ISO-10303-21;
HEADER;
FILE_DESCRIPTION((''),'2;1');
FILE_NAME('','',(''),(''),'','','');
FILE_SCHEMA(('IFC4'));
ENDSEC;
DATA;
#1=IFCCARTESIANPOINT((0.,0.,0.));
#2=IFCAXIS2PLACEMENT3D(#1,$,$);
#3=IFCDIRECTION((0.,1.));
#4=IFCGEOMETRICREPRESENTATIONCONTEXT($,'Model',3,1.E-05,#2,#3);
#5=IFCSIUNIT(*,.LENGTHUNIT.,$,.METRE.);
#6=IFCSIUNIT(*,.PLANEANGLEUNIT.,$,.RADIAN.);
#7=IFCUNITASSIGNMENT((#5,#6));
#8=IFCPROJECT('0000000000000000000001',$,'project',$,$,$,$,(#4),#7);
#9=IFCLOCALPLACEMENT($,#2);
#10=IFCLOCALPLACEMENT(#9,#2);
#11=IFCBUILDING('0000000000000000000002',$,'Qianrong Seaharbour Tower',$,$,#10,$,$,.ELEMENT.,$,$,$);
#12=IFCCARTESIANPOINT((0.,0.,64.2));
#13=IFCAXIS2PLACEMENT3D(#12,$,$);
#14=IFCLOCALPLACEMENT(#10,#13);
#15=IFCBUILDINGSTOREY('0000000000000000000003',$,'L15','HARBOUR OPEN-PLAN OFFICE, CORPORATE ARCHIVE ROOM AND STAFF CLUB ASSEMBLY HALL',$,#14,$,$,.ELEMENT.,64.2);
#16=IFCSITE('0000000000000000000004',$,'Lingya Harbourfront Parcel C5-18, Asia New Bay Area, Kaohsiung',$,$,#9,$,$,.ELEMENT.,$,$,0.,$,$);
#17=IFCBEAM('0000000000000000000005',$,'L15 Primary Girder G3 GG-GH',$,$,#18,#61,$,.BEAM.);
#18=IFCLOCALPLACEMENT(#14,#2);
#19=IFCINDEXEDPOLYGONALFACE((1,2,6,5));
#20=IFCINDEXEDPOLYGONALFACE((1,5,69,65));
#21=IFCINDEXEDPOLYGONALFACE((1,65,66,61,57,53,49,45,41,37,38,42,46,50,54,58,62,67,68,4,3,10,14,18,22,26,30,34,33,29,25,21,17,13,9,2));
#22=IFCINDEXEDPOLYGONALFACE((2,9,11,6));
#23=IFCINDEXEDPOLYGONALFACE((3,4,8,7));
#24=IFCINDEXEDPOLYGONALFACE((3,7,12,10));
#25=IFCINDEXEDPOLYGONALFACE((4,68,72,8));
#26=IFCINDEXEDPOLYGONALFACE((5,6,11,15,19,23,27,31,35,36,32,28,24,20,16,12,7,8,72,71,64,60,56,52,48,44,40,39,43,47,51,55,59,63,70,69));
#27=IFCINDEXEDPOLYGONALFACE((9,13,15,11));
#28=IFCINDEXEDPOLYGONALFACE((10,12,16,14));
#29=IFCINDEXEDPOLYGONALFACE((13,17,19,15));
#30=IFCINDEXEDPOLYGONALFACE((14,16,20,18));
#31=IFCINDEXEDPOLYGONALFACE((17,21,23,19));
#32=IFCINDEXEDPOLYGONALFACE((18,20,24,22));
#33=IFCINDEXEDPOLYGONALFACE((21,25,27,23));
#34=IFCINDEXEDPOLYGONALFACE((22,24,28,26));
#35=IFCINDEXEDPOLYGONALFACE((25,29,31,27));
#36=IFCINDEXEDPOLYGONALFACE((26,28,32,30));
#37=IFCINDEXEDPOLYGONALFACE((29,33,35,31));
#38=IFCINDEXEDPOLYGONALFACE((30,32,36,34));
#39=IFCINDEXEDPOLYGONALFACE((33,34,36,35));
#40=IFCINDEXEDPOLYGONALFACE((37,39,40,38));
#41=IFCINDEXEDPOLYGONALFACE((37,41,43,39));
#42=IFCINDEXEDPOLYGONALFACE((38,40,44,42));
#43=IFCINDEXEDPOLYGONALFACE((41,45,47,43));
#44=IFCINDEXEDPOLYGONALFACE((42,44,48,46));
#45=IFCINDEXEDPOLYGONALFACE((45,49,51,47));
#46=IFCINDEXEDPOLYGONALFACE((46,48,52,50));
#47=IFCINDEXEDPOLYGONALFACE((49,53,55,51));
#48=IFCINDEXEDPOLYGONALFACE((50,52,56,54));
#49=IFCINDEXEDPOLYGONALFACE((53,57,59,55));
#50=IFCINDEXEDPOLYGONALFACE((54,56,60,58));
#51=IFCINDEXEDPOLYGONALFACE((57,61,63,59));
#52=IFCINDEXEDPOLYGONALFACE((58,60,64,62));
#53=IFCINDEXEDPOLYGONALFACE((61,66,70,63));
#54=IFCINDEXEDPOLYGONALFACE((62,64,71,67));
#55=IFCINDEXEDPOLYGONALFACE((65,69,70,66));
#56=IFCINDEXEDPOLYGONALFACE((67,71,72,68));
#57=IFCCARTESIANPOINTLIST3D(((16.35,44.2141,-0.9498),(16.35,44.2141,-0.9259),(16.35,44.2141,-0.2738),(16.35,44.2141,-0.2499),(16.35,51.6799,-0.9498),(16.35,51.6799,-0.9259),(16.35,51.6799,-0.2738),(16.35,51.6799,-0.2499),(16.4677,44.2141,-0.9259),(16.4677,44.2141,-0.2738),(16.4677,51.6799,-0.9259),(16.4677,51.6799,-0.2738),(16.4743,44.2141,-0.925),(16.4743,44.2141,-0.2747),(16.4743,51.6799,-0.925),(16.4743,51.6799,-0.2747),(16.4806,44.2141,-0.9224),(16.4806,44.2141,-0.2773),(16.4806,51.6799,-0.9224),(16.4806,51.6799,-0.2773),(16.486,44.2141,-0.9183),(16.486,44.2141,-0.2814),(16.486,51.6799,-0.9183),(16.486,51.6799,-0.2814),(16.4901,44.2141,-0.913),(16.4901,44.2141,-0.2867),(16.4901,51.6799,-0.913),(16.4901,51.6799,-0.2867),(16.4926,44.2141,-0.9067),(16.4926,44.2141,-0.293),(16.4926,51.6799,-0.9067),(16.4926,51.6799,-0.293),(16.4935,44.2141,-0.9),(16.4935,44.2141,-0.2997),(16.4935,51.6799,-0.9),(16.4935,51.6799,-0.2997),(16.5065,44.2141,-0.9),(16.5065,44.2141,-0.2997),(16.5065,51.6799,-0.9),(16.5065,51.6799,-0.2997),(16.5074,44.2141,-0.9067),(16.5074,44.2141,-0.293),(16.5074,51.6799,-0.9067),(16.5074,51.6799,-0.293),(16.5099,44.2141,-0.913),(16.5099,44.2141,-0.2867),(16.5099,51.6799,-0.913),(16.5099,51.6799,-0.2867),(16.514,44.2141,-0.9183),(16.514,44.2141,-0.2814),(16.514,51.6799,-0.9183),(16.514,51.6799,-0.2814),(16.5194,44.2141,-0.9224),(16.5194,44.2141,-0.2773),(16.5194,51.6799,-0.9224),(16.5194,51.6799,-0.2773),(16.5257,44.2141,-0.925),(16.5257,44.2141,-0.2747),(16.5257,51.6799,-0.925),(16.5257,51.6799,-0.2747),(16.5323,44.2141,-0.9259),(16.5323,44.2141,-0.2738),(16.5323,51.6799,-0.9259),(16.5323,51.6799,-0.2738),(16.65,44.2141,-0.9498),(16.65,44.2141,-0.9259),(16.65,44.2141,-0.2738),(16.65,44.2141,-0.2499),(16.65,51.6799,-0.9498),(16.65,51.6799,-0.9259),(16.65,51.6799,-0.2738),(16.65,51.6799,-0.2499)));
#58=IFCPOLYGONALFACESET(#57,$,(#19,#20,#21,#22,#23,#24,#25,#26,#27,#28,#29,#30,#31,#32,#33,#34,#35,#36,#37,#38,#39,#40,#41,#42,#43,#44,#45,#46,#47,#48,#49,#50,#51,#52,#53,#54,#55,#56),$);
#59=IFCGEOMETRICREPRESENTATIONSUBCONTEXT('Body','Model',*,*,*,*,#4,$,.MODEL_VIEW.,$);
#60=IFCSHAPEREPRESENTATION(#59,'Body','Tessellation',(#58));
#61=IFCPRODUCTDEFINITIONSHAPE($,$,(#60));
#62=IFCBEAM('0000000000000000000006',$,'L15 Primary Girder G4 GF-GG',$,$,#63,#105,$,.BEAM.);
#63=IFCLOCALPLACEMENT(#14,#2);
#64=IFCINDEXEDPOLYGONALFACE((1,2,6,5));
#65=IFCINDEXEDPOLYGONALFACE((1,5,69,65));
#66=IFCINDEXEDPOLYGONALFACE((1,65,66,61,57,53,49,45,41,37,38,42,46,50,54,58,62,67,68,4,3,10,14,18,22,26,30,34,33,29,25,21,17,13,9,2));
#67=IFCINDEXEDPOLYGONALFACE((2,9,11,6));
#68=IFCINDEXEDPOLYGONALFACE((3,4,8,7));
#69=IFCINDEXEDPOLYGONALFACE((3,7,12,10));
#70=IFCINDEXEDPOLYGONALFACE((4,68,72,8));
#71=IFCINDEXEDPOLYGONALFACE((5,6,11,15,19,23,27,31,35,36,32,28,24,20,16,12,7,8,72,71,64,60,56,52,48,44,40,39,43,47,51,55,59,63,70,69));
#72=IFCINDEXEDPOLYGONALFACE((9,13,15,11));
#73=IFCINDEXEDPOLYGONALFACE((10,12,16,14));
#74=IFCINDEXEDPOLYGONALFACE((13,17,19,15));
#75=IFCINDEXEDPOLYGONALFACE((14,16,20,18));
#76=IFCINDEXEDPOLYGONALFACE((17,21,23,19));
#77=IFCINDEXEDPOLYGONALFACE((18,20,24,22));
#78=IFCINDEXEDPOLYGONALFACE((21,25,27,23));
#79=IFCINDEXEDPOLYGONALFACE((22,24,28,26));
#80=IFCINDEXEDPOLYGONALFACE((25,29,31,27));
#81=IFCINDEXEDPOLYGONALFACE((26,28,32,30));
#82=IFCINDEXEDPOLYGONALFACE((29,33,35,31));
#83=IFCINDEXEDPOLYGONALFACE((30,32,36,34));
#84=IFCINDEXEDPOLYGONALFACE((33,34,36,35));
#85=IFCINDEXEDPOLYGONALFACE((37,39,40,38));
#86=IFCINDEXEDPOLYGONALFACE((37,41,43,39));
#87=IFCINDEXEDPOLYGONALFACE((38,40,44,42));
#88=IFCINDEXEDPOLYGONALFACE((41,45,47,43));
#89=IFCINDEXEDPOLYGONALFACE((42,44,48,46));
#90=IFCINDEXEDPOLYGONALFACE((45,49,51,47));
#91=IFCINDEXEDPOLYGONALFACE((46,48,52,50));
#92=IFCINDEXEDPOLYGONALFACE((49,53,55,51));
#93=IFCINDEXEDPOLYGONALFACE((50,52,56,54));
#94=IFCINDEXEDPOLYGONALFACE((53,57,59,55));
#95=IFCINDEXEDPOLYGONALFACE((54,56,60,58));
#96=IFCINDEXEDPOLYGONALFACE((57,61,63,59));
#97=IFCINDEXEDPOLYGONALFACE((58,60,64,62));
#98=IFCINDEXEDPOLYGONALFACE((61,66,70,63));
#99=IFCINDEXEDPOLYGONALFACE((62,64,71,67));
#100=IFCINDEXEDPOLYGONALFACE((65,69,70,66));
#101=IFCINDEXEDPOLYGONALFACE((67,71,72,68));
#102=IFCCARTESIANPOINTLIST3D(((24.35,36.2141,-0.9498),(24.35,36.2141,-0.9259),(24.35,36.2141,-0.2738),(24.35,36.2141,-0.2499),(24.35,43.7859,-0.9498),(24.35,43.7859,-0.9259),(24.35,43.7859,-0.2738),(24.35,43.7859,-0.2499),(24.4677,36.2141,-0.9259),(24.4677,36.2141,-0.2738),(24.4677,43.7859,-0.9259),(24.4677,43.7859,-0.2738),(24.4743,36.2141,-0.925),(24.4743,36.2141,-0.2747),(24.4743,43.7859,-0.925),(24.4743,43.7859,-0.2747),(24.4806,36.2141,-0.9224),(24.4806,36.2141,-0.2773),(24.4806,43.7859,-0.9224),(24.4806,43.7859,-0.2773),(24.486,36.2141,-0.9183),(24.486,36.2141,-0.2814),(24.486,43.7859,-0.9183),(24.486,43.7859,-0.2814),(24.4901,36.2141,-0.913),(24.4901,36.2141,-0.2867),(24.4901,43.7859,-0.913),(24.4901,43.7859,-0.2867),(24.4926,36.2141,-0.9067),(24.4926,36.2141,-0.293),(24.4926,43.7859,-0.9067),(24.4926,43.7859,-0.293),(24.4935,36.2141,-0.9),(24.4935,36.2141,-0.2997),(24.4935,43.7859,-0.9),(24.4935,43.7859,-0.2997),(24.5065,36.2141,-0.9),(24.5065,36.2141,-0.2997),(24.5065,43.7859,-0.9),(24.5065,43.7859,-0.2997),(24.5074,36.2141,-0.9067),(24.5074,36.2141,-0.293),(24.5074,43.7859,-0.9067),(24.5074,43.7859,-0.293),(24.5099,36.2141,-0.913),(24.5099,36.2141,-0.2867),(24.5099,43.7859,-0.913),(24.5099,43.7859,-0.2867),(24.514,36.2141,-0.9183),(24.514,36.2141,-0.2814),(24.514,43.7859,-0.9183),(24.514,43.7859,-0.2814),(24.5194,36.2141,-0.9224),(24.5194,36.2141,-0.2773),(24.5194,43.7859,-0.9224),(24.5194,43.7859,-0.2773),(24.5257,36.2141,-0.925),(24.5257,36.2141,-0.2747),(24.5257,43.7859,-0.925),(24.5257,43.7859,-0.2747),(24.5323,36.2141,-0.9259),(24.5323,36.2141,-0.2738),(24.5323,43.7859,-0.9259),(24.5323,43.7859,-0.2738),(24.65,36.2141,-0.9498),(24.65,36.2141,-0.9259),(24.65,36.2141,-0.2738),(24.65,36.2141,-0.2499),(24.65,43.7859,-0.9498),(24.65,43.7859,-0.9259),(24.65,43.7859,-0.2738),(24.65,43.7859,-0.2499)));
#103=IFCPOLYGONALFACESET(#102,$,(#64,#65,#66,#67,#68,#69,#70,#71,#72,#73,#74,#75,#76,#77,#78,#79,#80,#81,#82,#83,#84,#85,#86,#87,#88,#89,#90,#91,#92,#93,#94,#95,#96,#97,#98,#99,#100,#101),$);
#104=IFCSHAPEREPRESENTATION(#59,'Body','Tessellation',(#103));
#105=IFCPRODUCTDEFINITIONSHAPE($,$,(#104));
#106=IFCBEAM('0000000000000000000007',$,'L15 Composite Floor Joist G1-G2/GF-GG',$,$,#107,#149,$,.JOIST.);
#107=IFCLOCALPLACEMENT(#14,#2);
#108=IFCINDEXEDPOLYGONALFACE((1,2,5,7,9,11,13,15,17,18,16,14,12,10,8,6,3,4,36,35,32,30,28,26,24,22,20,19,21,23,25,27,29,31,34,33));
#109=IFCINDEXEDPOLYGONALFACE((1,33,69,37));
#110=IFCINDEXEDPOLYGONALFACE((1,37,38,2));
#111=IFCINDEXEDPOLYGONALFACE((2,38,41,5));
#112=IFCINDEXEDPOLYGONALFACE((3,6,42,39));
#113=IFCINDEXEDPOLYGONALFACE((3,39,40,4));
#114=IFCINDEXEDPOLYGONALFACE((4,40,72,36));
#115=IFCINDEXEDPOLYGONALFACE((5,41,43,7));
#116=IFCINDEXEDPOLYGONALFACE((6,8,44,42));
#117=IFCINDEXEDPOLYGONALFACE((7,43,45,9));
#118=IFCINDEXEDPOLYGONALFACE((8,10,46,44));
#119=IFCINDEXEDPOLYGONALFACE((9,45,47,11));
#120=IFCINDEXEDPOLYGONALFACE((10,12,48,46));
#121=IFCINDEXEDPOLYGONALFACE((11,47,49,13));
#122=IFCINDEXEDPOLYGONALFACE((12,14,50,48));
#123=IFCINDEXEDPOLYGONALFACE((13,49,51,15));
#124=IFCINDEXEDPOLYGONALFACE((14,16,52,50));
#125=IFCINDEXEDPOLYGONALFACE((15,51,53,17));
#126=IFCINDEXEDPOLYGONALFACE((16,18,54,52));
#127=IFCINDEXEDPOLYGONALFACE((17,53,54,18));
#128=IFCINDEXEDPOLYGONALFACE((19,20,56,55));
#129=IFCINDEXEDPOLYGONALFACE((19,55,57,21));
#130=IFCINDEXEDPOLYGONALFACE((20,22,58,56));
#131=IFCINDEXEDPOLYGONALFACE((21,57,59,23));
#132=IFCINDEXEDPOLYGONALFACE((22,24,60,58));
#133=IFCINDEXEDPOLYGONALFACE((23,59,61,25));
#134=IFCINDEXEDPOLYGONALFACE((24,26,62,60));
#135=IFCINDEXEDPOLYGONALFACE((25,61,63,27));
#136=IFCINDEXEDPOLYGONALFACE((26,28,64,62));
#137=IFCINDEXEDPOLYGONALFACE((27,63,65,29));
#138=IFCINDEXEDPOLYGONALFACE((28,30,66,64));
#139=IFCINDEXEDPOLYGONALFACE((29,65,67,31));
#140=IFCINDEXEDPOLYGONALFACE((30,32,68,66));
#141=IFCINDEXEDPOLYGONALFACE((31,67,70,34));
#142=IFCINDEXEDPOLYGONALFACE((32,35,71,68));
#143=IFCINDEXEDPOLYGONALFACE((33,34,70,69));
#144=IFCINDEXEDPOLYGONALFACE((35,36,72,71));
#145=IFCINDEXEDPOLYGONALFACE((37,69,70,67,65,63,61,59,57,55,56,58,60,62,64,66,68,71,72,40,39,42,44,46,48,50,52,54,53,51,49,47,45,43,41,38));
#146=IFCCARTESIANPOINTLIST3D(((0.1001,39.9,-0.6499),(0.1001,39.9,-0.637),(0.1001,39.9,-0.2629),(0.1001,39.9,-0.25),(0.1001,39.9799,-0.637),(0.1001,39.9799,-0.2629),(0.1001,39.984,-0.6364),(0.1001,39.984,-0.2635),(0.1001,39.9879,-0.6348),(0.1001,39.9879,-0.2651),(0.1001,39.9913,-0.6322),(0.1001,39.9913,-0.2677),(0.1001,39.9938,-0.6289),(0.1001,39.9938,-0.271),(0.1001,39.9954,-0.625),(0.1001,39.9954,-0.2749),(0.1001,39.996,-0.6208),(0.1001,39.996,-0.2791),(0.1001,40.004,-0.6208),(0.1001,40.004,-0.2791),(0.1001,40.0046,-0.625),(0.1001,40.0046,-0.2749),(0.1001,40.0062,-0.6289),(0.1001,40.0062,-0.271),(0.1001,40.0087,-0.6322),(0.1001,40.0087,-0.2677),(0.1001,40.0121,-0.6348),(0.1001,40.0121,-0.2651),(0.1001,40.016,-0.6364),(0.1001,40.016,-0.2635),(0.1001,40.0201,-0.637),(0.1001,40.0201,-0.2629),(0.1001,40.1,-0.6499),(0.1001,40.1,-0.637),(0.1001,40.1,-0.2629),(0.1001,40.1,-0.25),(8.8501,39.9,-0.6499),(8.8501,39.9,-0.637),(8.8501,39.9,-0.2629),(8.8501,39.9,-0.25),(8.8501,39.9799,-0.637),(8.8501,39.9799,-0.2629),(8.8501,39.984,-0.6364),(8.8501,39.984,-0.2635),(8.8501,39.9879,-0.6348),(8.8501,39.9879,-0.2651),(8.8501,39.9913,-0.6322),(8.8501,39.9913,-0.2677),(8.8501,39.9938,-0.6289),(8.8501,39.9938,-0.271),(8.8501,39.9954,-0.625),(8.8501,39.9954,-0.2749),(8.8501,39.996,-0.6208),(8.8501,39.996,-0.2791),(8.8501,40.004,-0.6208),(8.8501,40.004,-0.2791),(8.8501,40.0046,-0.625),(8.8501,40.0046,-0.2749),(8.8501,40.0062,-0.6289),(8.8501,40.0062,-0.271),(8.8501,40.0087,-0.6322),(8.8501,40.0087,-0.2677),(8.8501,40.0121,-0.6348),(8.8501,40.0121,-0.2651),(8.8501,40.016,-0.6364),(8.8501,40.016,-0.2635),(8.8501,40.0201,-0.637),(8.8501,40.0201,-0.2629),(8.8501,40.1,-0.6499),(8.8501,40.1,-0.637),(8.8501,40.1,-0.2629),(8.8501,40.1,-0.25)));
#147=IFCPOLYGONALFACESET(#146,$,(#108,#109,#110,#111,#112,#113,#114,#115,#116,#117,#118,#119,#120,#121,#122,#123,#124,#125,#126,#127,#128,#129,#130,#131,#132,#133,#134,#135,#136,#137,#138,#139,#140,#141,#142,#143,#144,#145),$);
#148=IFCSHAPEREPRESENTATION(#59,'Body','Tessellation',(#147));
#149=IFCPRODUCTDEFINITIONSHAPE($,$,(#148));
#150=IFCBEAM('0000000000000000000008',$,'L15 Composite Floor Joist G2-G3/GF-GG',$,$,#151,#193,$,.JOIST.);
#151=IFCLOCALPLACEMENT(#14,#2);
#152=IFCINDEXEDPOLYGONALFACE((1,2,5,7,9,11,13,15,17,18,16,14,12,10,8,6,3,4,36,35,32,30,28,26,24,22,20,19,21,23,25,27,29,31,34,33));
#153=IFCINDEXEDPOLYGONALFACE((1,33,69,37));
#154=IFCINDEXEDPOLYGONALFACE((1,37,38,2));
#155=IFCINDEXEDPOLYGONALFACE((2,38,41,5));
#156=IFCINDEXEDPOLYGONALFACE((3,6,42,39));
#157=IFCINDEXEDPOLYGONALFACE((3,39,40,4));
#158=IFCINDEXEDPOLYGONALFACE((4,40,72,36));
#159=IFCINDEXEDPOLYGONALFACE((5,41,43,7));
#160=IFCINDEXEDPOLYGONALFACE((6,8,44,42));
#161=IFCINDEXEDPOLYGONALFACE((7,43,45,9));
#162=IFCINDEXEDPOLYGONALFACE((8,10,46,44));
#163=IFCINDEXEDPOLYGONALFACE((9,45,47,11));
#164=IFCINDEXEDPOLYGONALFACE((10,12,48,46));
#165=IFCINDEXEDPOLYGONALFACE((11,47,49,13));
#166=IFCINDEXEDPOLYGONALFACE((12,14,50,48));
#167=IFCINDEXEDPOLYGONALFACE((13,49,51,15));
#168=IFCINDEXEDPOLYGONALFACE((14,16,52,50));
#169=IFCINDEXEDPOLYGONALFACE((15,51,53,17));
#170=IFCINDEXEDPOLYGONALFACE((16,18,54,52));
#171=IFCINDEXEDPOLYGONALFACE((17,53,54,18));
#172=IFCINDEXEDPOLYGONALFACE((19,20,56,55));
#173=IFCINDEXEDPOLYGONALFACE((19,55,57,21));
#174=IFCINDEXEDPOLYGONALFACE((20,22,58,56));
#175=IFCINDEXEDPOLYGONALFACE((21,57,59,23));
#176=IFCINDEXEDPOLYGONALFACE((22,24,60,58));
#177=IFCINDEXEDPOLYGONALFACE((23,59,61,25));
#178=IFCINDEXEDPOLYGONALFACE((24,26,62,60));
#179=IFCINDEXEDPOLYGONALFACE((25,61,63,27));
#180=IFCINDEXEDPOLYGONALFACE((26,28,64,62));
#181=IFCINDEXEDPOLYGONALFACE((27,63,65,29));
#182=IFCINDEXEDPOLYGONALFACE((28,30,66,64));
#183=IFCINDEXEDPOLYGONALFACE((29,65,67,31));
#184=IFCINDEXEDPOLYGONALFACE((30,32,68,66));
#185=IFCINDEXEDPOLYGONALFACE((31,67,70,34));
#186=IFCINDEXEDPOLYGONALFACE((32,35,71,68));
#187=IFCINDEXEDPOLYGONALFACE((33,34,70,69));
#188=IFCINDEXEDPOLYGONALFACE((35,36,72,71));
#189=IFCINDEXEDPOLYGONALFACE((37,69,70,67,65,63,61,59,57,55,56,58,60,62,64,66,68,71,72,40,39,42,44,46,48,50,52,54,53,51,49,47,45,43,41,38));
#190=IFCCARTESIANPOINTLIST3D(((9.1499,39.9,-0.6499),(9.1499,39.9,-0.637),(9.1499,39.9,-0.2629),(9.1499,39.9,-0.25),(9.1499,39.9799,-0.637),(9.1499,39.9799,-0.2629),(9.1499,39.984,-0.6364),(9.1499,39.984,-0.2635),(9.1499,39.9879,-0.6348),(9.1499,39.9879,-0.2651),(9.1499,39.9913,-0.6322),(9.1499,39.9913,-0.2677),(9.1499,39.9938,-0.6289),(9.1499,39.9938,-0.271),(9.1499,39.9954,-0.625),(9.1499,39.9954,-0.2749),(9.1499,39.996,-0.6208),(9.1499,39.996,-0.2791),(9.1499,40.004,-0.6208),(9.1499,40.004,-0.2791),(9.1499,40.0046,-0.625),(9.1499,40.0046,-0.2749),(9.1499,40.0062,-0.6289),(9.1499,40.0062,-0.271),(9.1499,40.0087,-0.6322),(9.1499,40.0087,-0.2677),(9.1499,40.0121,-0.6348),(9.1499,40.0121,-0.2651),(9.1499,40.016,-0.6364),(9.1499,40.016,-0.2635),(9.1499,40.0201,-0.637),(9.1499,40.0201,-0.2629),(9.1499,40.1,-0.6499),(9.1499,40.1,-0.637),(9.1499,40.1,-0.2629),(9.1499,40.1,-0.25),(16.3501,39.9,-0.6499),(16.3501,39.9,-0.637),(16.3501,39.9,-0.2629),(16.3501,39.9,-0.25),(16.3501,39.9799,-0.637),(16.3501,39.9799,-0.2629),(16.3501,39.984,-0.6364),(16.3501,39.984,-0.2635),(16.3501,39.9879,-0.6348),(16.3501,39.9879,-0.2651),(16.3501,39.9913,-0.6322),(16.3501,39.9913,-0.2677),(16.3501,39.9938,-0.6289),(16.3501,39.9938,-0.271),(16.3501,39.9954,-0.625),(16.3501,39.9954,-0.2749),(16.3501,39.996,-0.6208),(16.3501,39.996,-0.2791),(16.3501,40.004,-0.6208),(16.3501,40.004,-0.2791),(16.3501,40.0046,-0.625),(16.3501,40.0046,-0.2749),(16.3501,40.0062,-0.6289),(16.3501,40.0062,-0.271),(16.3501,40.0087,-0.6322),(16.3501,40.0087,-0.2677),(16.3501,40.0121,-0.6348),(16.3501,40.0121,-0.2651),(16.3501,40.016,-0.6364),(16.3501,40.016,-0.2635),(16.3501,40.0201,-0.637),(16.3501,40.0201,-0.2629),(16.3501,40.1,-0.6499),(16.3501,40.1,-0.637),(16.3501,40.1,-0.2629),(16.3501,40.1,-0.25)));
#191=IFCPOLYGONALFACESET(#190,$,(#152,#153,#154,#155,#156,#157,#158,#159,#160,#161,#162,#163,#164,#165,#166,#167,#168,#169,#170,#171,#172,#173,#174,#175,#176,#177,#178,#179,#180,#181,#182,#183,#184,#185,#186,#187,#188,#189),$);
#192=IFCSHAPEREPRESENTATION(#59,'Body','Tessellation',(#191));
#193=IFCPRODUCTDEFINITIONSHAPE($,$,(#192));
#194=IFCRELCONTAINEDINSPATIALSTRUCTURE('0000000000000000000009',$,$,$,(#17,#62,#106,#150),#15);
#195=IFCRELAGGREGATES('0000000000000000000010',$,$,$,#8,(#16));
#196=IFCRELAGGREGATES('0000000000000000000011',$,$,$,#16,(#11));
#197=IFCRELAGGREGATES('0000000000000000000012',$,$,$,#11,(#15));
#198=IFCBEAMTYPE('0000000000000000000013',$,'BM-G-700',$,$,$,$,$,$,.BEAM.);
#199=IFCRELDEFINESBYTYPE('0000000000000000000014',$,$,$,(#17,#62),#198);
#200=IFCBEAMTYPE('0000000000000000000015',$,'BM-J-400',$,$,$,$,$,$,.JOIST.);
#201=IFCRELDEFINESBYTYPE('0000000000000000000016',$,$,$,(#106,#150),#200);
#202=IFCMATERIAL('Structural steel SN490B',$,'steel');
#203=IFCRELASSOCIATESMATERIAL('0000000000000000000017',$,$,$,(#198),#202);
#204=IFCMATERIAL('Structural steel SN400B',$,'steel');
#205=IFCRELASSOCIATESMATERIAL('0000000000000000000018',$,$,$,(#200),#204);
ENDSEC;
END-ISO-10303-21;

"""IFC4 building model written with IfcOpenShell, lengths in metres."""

from ifc_helpers import new_model, si_unit, direction, frame, origin, origin_2d, place, context, subcontext, project, spatial, i_section, extrude, material, material_profile, profile_set, type_object, element, save


model = new_model("IFC4")

# Units and contexts
model_context = context("Model", 3, precision=1e-05, world=origin(), true_north=direction((0.0, 1.0)))
body_context = subcontext(model_context, "Body", "Model", "MODEL_VIEW")
ifc_project = project(units=[si_unit("LENGTHUNIT", "METRE"), si_unit("PLANEANGLEUNIT", "RADIAN")], contexts=[model_context])

# Site, building, storey
site_placement = place(None, origin())
site = spatial("IfcSite", under=ifc_project, at=site_placement, Name="Lingya Harbourfront Parcel C5-18, Asia New Bay Area, Kaohsiung", CompositionType="ELEMENT", RefElevation=0.0)
building_placement = place(site_placement, origin())
building = spatial("IfcBuilding", under=site, at=building_placement, Name="Qianrong Seaharbour Tower", CompositionType="ELEMENT")
storey_placement = place(building_placement, frame((0.0, 0.0, 64.2)))
storey = spatial("IfcBuildingStorey", under=building, at=storey_placement, Name="L15", Description="HARBOUR OPEN-PLAN OFFICE, CORPORATE ARCHIVE ROOM AND STAFF CLUB ASSEMBLY HALL", CompositionType="ELEMENT", Elevation=64.2)

# Shared definitions
ifc_material_1 = material(Name="Structural steel SN490B", Category="steel")

# Beams
ifc_material_profile_1 = material_profile(ifc_material_1, i_section(OverallWidth=0.3, OverallDepth=0.7, WebThickness=0.0129, FlangeThickness=0.0239, FilletRadius=0.0259, at=origin_2d()), Name="H700x300x13x24")
ifc_profile_set_1 = profile_set([ifc_material_profile_1], Name="Structural steel SN490B")
beam_type_1 = type_object("IfcBeamType", Name="BM-G-700", PredefinedType="BEAM", material=ifc_profile_set_1)
beam_1_placement = place(storey_placement, frame((16.5, 44.2141, -0.5999), z_axis=(0.0, 1.0, 0.0), x_axis=(-1.0, 0.0, 0.0)))
element("IfcBeam", 1, at=beam_1_placement, inside=storey, type_object=beam_type_1, Name="L15 Primary Girder G3 GG-GH", PredefinedType="BEAM", context=body_context, shape_type="SweptSolid", body=[
    extrude(i_section(OverallWidth=0.3, OverallDepth=0.7, WebThickness=0.0129, FlangeThickness=0.0239, FilletRadius=0.0259, at=origin_2d()), origin(), (0.0, 0.0, 1.0), 7.4658),
])
beam_2_placement = place(storey_placement, frame((24.5, 36.2141, -0.5999), z_axis=(0.0, 1.0, 0.0), x_axis=(-1.0, 0.0, 0.0)))
element("IfcBeam", 2, at=beam_2_placement, inside=storey, type_object=beam_type_1, Name="L15 Primary Girder G4 GF-GG", PredefinedType="BEAM", context=body_context, shape_type="SweptSolid", body=[
    extrude(i_section(OverallWidth=0.3, OverallDepth=0.7, WebThickness=0.0129, FlangeThickness=0.0239, FilletRadius=0.0259, at=origin_2d()), origin(), (0.0, 0.0, 1.0), 7.5718),
])
ifc_material_2 = material(Name="Structural steel SN400B", Category="steel")
ifc_material_profile_2 = material_profile(ifc_material_2, i_section(OverallWidth=0.2, OverallDepth=0.3999, WebThickness=0.0081, FlangeThickness=0.0129, FilletRadius=0.0161, at=origin_2d()), Name="H400x200x8x13")
ifc_profile_set_2 = profile_set([ifc_material_profile_2], Name="Structural steel SN400B")
beam_type_2 = type_object("IfcBeamType", Name="BM-J-400", PredefinedType="JOIST", material=ifc_profile_set_2)
beam_3_placement = place(storey_placement, frame((0.1001, 40.0, -0.45), z_axis=(1.0, 0.0, 0.0), x_axis=(0.0, 1.0, 0.0)))
element("IfcBeam", 3, at=beam_3_placement, inside=storey, type_object=beam_type_2, Name="L15 Composite Floor Joist G1-G2/GF-GG", PredefinedType="JOIST", context=body_context, shape_type="SweptSolid", body=[
    extrude(i_section(OverallWidth=0.2, OverallDepth=0.3999, WebThickness=0.0081, FlangeThickness=0.0129, FilletRadius=0.0161, at=origin_2d()), origin(), (0.0, 0.0, 1.0), 8.75),
])
for number, where, z_axis, x_axis, name in (
    (4, (9.1499, 40.0, -0.45), (1.0, 0.0, 0.0), (0.0, 1.0, 0.0), "L15 Composite Floor Joist G2-G3/GF-GG"),
):
    element("IfcBeam", number, at=place(storey_placement, frame(where, z_axis=z_axis, x_axis=x_axis)), inside=storey, type_object=beam_type_2, Name=name, PredefinedType="JOIST", context=body_context, shape_type="SweptSolid", body=[
        extrude(i_section(OverallWidth=0.2, OverallDepth=0.3999, WebThickness=0.0081, FlangeThickness=0.0129, FilletRadius=0.0161, at=origin_2d()), origin(), (0.0, 0.0, 1.0), 7.2002),
    ])

save(model, "model.ifc")
